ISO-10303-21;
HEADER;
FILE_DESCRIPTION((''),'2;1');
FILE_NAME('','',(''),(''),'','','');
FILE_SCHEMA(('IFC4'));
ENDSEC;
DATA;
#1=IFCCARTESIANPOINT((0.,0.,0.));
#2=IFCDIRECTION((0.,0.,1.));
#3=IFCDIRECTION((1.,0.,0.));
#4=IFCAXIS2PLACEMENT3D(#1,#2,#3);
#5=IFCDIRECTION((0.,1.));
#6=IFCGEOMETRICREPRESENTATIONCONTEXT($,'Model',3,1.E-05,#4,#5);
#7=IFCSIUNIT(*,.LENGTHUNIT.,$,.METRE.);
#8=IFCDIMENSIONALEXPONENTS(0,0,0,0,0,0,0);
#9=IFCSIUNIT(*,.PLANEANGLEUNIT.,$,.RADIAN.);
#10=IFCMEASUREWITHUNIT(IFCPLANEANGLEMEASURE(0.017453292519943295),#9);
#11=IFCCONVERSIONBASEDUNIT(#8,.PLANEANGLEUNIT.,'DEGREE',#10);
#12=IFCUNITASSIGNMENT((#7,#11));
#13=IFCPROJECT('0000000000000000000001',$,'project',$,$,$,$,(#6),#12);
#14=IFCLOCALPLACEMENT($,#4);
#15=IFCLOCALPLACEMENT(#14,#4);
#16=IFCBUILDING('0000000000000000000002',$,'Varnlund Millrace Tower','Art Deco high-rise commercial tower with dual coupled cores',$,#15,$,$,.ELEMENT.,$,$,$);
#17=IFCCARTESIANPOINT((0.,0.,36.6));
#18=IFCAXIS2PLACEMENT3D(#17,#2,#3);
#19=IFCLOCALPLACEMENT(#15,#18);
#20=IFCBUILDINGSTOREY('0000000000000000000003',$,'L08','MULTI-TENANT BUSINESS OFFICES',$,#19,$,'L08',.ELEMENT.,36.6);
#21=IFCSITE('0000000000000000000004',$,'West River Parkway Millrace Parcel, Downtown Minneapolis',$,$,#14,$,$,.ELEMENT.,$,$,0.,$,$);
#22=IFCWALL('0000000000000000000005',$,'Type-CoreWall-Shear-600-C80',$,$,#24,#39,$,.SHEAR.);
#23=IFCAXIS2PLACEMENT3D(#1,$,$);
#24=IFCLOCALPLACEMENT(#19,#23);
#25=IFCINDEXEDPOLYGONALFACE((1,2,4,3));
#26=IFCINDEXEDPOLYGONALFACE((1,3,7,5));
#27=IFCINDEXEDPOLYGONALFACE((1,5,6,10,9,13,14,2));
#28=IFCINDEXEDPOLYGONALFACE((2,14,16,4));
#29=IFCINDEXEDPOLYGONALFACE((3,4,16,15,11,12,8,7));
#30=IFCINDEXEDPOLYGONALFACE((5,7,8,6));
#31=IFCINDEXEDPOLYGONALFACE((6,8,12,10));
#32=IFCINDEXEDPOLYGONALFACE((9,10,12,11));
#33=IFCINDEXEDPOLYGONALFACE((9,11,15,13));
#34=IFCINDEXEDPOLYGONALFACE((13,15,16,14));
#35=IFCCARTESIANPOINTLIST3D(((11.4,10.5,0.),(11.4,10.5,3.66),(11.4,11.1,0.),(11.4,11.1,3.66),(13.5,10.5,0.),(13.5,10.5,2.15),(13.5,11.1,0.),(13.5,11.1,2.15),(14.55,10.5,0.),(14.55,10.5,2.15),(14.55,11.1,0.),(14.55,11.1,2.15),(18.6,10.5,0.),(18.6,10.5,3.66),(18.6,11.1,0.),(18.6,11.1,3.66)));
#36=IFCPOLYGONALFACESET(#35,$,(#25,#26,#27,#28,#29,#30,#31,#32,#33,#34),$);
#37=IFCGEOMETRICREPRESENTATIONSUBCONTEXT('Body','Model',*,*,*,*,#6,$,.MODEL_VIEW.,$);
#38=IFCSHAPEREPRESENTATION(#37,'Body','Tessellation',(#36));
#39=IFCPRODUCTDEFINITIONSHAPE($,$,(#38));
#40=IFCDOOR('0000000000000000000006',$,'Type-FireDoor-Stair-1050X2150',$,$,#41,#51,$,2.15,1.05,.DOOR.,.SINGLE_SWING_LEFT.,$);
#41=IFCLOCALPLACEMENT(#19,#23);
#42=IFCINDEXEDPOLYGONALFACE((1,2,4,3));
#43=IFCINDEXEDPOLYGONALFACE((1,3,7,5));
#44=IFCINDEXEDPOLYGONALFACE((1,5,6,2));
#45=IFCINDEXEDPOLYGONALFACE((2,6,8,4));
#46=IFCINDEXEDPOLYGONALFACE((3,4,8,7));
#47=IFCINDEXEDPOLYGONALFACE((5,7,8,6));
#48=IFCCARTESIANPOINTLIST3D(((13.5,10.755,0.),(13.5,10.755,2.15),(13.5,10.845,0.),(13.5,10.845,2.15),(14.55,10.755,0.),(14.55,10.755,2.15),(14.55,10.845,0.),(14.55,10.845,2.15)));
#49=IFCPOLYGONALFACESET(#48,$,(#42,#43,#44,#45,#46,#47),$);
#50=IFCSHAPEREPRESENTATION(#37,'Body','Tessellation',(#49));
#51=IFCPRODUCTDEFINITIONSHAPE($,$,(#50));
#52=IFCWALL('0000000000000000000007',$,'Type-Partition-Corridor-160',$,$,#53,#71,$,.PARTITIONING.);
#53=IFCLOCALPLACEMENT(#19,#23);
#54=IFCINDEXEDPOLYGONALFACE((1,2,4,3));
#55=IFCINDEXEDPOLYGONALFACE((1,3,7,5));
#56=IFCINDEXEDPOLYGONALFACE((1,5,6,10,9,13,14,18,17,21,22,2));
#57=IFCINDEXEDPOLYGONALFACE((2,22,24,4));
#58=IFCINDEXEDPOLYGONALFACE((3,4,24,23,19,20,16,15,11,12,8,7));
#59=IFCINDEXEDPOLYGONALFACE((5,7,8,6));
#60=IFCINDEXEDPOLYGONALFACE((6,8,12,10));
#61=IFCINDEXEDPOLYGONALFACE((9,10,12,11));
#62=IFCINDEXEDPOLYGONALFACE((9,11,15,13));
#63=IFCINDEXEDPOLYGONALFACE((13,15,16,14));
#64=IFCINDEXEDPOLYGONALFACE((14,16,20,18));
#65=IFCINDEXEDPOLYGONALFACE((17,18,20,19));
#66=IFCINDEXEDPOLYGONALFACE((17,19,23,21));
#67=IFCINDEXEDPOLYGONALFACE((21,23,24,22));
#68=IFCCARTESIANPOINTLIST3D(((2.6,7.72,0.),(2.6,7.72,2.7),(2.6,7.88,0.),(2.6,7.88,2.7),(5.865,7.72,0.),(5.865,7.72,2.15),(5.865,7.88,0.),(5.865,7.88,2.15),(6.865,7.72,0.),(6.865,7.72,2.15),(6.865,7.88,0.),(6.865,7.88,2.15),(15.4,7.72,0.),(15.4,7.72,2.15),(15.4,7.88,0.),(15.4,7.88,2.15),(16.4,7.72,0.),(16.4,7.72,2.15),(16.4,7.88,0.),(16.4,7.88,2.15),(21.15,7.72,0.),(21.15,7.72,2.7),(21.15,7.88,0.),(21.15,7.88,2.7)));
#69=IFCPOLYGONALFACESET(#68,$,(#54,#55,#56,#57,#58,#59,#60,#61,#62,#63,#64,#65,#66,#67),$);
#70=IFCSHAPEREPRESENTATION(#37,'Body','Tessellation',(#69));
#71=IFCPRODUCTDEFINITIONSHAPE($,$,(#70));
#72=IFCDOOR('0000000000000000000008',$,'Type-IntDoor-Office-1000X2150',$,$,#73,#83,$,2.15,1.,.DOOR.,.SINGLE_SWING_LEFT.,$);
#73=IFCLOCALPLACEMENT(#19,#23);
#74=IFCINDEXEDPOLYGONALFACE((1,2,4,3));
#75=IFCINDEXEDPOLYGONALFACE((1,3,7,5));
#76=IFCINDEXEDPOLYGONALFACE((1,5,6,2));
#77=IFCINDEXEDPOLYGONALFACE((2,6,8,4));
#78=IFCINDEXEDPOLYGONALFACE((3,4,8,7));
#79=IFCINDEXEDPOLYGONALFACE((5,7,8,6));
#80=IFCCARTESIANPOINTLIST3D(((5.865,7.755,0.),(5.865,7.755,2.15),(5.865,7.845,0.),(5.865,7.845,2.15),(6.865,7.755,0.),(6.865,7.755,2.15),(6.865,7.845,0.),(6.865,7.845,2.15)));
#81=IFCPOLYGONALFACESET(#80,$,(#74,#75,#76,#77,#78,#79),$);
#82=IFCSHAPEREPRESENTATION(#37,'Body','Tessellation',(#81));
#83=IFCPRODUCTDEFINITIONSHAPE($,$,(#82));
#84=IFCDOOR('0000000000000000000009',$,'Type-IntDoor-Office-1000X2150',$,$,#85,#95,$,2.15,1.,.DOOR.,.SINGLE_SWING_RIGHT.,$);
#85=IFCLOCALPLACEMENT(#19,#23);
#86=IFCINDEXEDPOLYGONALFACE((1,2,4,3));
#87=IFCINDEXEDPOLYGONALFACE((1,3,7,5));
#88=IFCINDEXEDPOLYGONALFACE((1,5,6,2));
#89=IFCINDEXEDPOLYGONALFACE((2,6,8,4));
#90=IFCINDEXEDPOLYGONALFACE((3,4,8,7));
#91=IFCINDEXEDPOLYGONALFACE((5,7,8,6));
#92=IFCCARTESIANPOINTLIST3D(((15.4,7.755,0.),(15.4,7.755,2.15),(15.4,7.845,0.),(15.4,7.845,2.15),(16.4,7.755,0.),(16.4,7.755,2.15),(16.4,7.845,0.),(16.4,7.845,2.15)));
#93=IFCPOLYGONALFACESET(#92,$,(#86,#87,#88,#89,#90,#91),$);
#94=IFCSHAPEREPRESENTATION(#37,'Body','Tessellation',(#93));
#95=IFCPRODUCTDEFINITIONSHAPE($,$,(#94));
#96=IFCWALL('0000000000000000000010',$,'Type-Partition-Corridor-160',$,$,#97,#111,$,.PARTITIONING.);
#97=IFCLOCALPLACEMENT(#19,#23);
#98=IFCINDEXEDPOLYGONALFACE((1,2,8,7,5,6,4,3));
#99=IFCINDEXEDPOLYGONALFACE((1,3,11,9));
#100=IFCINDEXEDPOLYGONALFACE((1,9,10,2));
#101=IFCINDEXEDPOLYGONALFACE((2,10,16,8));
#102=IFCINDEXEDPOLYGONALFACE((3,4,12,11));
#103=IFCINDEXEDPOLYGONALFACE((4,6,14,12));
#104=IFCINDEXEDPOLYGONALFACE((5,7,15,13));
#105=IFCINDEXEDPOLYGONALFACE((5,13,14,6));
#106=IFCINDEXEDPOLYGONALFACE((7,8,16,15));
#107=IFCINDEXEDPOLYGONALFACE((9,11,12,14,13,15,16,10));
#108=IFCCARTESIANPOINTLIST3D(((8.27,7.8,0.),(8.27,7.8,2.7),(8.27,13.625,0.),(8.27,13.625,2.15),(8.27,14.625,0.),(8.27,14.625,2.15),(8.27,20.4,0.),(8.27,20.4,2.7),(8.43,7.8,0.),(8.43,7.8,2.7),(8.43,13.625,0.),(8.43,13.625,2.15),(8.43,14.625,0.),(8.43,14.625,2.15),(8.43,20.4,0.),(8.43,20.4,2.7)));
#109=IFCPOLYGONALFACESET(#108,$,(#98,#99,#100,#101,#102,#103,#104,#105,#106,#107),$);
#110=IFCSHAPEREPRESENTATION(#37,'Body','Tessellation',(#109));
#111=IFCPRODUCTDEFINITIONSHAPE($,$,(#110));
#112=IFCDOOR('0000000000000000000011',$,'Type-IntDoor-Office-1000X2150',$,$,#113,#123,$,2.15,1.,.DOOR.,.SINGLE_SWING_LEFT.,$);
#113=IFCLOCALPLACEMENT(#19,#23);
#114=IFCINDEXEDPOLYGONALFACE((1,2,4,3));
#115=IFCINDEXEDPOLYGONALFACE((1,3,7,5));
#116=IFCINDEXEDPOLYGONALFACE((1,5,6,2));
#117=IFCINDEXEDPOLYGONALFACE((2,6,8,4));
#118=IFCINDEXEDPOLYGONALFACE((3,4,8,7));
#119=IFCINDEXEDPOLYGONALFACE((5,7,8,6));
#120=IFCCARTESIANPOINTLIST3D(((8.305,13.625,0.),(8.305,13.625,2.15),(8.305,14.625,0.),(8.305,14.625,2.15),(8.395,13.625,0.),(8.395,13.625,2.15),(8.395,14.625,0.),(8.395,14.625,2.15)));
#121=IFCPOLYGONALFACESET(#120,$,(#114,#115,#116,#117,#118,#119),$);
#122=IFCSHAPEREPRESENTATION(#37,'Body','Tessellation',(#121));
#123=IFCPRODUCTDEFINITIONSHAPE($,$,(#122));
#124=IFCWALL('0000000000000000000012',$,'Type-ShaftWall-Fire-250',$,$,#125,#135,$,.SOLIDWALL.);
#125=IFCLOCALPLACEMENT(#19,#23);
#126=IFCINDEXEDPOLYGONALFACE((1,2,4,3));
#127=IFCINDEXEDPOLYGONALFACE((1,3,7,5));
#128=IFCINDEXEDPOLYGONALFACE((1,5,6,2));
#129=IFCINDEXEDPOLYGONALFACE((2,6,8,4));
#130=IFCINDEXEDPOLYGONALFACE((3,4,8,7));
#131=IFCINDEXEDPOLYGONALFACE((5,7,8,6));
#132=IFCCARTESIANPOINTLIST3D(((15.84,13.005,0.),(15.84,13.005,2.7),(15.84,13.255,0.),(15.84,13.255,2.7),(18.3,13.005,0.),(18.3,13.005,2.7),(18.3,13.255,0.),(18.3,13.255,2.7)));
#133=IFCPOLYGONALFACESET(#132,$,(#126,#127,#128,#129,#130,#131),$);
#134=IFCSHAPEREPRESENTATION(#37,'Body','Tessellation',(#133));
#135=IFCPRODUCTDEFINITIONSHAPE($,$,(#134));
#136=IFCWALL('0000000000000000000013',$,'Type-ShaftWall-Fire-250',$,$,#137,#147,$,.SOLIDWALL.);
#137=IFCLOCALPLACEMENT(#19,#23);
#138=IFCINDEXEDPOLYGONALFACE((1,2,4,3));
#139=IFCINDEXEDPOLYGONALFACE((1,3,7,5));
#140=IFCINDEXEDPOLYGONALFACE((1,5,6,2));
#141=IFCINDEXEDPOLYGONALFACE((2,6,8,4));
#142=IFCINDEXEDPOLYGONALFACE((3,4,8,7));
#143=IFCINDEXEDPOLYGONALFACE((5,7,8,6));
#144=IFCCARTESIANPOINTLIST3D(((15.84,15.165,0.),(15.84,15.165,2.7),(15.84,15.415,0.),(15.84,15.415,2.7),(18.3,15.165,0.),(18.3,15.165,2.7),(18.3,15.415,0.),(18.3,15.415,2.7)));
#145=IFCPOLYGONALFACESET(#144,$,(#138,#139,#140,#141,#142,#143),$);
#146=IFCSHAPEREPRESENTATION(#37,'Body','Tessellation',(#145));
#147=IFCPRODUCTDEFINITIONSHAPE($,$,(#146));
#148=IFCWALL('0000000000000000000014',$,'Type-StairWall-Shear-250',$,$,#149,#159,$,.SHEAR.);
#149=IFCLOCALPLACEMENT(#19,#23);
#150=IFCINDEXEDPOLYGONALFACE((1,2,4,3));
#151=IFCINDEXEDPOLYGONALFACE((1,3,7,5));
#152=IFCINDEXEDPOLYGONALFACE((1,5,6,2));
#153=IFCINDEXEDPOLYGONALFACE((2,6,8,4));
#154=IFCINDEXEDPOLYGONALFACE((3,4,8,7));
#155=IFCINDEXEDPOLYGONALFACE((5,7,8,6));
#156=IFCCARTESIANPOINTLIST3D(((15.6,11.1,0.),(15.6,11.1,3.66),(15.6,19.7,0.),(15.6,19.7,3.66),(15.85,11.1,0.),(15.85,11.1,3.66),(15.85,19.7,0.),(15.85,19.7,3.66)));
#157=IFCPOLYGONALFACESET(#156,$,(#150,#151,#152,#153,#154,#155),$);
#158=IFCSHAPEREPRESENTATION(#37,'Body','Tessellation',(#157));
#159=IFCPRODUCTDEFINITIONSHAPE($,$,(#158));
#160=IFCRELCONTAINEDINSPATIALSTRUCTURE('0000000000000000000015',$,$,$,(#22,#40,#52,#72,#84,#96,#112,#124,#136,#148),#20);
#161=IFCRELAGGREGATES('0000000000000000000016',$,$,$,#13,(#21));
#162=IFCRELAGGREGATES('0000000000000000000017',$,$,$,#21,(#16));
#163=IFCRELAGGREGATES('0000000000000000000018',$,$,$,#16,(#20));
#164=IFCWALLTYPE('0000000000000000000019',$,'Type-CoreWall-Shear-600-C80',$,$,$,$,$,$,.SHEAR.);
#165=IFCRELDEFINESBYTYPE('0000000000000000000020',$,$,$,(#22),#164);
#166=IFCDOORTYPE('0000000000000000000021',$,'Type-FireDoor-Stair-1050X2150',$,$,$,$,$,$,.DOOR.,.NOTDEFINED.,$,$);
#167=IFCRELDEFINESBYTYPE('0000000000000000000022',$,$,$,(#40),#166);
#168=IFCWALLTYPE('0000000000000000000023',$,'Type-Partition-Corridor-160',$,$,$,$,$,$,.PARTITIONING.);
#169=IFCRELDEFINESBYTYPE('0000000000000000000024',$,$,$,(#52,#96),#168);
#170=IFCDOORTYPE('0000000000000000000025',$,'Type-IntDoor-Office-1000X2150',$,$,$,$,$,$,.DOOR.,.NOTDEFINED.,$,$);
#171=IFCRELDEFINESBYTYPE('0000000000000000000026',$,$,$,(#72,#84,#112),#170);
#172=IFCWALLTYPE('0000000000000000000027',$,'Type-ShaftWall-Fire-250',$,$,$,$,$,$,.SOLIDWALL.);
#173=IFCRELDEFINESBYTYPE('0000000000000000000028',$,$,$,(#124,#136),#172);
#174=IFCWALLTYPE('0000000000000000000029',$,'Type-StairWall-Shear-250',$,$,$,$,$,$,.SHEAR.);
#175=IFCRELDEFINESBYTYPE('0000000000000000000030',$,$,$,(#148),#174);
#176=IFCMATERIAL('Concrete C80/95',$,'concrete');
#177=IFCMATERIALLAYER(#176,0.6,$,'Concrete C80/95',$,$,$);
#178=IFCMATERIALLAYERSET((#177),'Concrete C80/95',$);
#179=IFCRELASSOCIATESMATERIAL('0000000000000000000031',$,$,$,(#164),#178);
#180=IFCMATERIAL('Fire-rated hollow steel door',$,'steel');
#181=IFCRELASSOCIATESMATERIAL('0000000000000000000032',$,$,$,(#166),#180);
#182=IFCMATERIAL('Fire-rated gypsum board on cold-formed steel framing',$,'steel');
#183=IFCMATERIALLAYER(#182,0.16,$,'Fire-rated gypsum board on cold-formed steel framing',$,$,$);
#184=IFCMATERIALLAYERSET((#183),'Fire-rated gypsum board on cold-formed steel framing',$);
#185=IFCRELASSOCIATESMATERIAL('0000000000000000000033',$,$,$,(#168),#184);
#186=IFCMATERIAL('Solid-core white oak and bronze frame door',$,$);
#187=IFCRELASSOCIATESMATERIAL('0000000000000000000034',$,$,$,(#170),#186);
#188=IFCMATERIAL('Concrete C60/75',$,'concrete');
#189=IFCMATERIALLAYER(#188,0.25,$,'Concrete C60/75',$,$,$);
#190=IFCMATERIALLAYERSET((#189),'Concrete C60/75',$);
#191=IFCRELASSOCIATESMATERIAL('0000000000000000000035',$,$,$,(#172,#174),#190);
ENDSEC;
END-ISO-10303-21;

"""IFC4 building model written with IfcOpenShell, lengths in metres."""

from ifc_helpers import new_model, entity, si_unit, converted_unit, direction, frame, origin_with_axes, origin_2d_with_axis, place, context, subcontext, project, spatial, polyline, rectangle, outline, extrude, material, layer, layer_set, type_object, element, fill, save


model = new_model("IFC4")

# Units and contexts
model_context = context("Model", 3, precision=1e-05, world=origin_with_axes(), true_north=direction((0.0, 1.0)))
body_context = subcontext(model_context, "Body", "Model", "MODEL_VIEW")
ifc_project = project(units=[si_unit("LENGTHUNIT", "METRE"), converted_unit("PLANEANGLEUNIT", "DEGREE", entity("IfcPlaneAngleMeasure", 0.017453292519943295), si_unit("PLANEANGLEUNIT", "RADIAN"), dimensions=[0, 0, 0, 0, 0, 0, 0])], contexts=[model_context])

# Site, building, storey
site_placement = place(None, origin_with_axes())
site = spatial("IfcSite", under=ifc_project, at=site_placement, Name="West River Parkway Millrace Parcel, Downtown Minneapolis", CompositionType="ELEMENT", RefElevation=0.0)
building_placement = place(site_placement, origin_with_axes())
building = spatial("IfcBuilding", under=site, at=building_placement, Name="Varnlund Millrace Tower", Description="Art Deco high-rise commercial tower with dual coupled cores", CompositionType="ELEMENT")
storey_placement = place(building_placement, frame((0.0, 0.0, 36.6), z_axis=(0.0, 0.0, 1.0), x_axis=(1.0, 0.0, 0.0)))
storey = spatial("IfcBuildingStorey", under=building, at=storey_placement, Name="L08", Description="MULTI-TENANT BUSINESS OFFICES", LongName="L08", CompositionType="ELEMENT", Elevation=36.6)

# Shared definitions
ifc_material_1 = material(Name="Concrete C80/95", Category="concrete")

# Shared definitions
ifc_layer_1 = layer(ifc_material_1, 0.6, Name="Concrete C80/95")
ifc_layer_set_1 = layer_set([ifc_layer_1], Name="Concrete C80/95")
wall_type_1 = type_object("IfcWallType", Name="Type-CoreWall-Shear-600-C80", PredefinedType="SHEAR", material=ifc_layer_set_1)

# Wall, opening, door
wall_1_placement = place(storey_placement, frame((11.4, 10.8, 0.0), z_axis=(0.0, 0.0, 1.0), x_axis=(1.0, 0.0, 0.0)))
wall_1 = element("IfcWall", 1, at=wall_1_placement, inside=storey, type_object=wall_type_1, Name="Type-CoreWall-Shear-600-C80", PredefinedType="SHEAR", context=body_context, shape_type="SweptSolid", body=[
    extrude(outline(polyline([(0.0, -0.3), (7.2, -0.3), (7.2, 0.3), (0.0, 0.3), (0.0, -0.3)])), origin_with_axes(), (0.0, 0.0, 1.0), 3.66),
])
opening_1_placement = place(wall_1_placement, frame((2.625, 0.0, 0.0), z_axis=(0.0, 0.0, 1.0), x_axis=(1.0, 0.0, 0.0)))
opening_1 = element("IfcOpeningElement", 2, at=opening_1_placement, cuts=wall_1, PredefinedType="OPENING", context=body_context, shape_type="SweptSolid", body=[
    extrude(rectangle(XDim=1.05, YDim=0.62, at=origin_2d_with_axis()), origin_with_axes(), (0.0, 0.0, 1.0), 2.15),
])
ifc_material_2 = material(Name="Fire-rated hollow steel door", Category="steel")
door_type_1 = type_object("IfcDoorType", Name="Type-FireDoor-Stair-1050X2150", OperationType="NOTDEFINED", PredefinedType="DOOR", material=ifc_material_2)
door_1_placement = place(wall_1_placement, frame((2.625, 0.0, 0.0), z_axis=(0.0, 0.0, 1.0), x_axis=(1.0, 0.0, 0.0)))
door_1 = element("IfcDoor", 3, at=door_1_placement, inside=storey, type_object=door_type_1, Name="Type-FireDoor-Stair-1050X2150", OperationType="SINGLE_SWING_LEFT", OverallHeight=2.15, OverallWidth=1.05, PredefinedType="DOOR", context=body_context, shape_type="SweptSolid", body=[
    extrude(rectangle(XDim=1.05, YDim=0.09, at=origin_2d_with_axis()), origin_with_axes(), (0.0, 0.0, 1.0), 2.15),
])
fill(opening_1, door_1)

# Wall, openings, doors
ifc_material_3 = material(Name="Fire-rated gypsum board on cold-formed steel framing", Category="steel")
ifc_layer_2 = layer(ifc_material_3, 0.16, Name="Fire-rated gypsum board on cold-formed steel framing")
ifc_layer_set_2 = layer_set([ifc_layer_2], Name="Fire-rated gypsum board on cold-formed steel framing")
wall_type_2 = type_object("IfcWallType", Name="Type-Partition-Corridor-160", PredefinedType="PARTITIONING", material=ifc_layer_set_2)
wall_2_placement = place(storey_placement, frame((2.6, 7.8, 0.0), z_axis=(0.0, 0.0, 1.0), x_axis=(1.0, 0.0, 0.0)))
wall_2 = element("IfcWall", 4, at=wall_2_placement, inside=storey, type_object=wall_type_2, Name="Type-Partition-Corridor-160", PredefinedType="PARTITIONING", context=body_context, shape_type="SweptSolid", body=[
    extrude(outline(polyline([(0.0, -0.08), (18.55, -0.08), (18.55, 0.08), (0.0, 0.08), (0.0, -0.08)])), origin_with_axes(), (0.0, 0.0, 1.0), 2.7),
])
opening_2_placement = place(wall_2_placement, frame((3.765, 0.0, 0.0), z_axis=(0.0, 0.0, 1.0), x_axis=(1.0, 0.0, 0.0)))
opening_2 = element("IfcOpeningElement", 5, at=opening_2_placement, cuts=wall_2, PredefinedType="OPENING", context=body_context, shape_type="SweptSolid", body=[
    extrude(rectangle(XDim=1.0, YDim=0.18, at=origin_2d_with_axis()), origin_with_axes(), (0.0, 0.0, 1.0), 2.15),
])
opening_3_placement = place(wall_2_placement, frame((13.3, 0.0, 0.0), z_axis=(0.0, 0.0, 1.0), x_axis=(1.0, 0.0, 0.0)))
opening_3 = element("IfcOpeningElement", 6, at=opening_3_placement, cuts=wall_2, PredefinedType="OPENING", context=body_context, shape_type="SweptSolid", body=[
    extrude(rectangle(XDim=1.0, YDim=0.18, at=origin_2d_with_axis()), origin_with_axes(), (0.0, 0.0, 1.0), 2.15),
])
ifc_material_4 = material(Name="Solid-core white oak and bronze frame door")
door_type_2 = type_object("IfcDoorType", Name="Type-IntDoor-Office-1000X2150", OperationType="NOTDEFINED", PredefinedType="DOOR", material=ifc_material_4)
door_2_placement = place(wall_2_placement, frame((3.765, 0.0, 0.0), z_axis=(0.0, 0.0, 1.0), x_axis=(1.0, 0.0, 0.0)))
door_2 = element("IfcDoor", 7, at=door_2_placement, inside=storey, type_object=door_type_2, Name="Type-IntDoor-Office-1000X2150", OperationType="SINGLE_SWING_LEFT", OverallHeight=2.15, OverallWidth=1.0, PredefinedType="DOOR", context=body_context, shape_type="SweptSolid", body=[
    extrude(rectangle(XDim=1.0, YDim=0.09, at=origin_2d_with_axis()), origin_with_axes(), (0.0, 0.0, 1.0), 2.15),
])
fill(opening_2, door_2)
door_3_placement = place(wall_2_placement, frame((13.3, 0.0, 0.0), z_axis=(0.0, 0.0, 1.0), x_axis=(1.0, 0.0, 0.0)))
door_3 = element("IfcDoor", 8, at=door_3_placement, inside=storey, type_object=door_type_2, Name="Type-IntDoor-Office-1000X2150", OperationType="SINGLE_SWING_RIGHT", OverallHeight=2.15, OverallWidth=1.0, PredefinedType="DOOR", context=body_context, shape_type="SweptSolid", body=[
    extrude(rectangle(XDim=1.0, YDim=0.09, at=origin_2d_with_axis()), origin_with_axes(), (0.0, 0.0, 1.0), 2.15),
])
fill(opening_3, door_3)

# Wall, opening, door
wall_3_placement = place(storey_placement, frame((8.35, 7.8, 0.0), z_axis=(0.0, 0.0, 1.0), x_axis=(0.0, 1.0, 0.0)))
wall_3 = element("IfcWall", 9, at=wall_3_placement, inside=storey, type_object=wall_type_2, Name="Type-Partition-Corridor-160", PredefinedType="PARTITIONING", context=body_context, shape_type="SweptSolid", body=[
    extrude(outline(polyline([(0.0, -0.08), (12.6, -0.08), (12.6, 0.08), (0.0, 0.08), (0.0, -0.08)])), origin_with_axes(), (0.0, 0.0, 1.0), 2.7),
])
opening_4_placement = place(wall_3_placement, frame((6.325, 0.0, 0.0), z_axis=(0.0, 0.0, 1.0), x_axis=(1.0, 0.0, 0.0)))
opening_4 = element("IfcOpeningElement", 10, at=opening_4_placement, cuts=wall_3, PredefinedType="OPENING", context=body_context, shape_type="SweptSolid", body=[
    extrude(rectangle(XDim=1.0, YDim=0.18, at=origin_2d_with_axis()), origin_with_axes(), (0.0, 0.0, 1.0), 2.15),
])
door_4_placement = place(wall_3_placement, frame((6.325, 0.0, 0.0), z_axis=(0.0, 0.0, 1.0), x_axis=(1.0, 0.0, 0.0)))
door_4 = element("IfcDoor", 11, at=door_4_placement, inside=storey, type_object=door_type_2, Name="Type-IntDoor-Office-1000X2150", OperationType="SINGLE_SWING_LEFT", OverallHeight=2.15, OverallWidth=1.0, PredefinedType="DOOR", context=body_context, shape_type="SweptSolid", body=[
    extrude(rectangle(XDim=1.0, YDim=0.09, at=origin_2d_with_axis()), origin_with_axes(), (0.0, 0.0, 1.0), 2.15),
])
fill(opening_4, door_4)

# Walls
ifc_material_5 = material(Name="Concrete C60/75", Category="concrete")
ifc_layer_3 = layer(ifc_material_5, 0.25, Name="Concrete C60/75")
ifc_layer_set_3 = layer_set([ifc_layer_3], Name="Concrete C60/75")
wall_type_3 = type_object("IfcWallType", Name="Type-ShaftWall-Fire-250", PredefinedType="SOLIDWALL", material=ifc_layer_set_3)
for number, where, z_axis, x_axis, name in (
    (12, (15.84, 13.13, 0.0), (0.0, 0.0, 1.0), (1.0, 0.0, 0.0), "Type-ShaftWall-Fire-250"),
    (13, (15.84, 15.29, 0.0), (0.0, 0.0, 1.0), (1.0, 0.0, 0.0), "Type-ShaftWall-Fire-250"),
):
    element("IfcWall", number, at=place(storey_placement, frame(where, z_axis=z_axis, x_axis=x_axis)), inside=storey, type_object=wall_type_3, Name=name, PredefinedType="SOLIDWALL", context=body_context, shape_type="SweptSolid", body=[
        extrude(outline(polyline([(0.0, -0.125), (2.46, -0.125), (2.46, 0.125), (0.0, 0.125), (0.0, -0.125)])), origin_with_axes(), (0.0, 0.0, 1.0), 2.7),
    ])
wall_type_4 = type_object("IfcWallType", Name="Type-StairWall-Shear-250", PredefinedType="SHEAR", material=ifc_layer_set_3)
wall_4_placement = place(storey_placement, frame((15.725, 11.1, 0.0), z_axis=(0.0, 0.0, 1.0), x_axis=(0.0, 1.0, 0.0)))
element("IfcWall", 14, at=wall_4_placement, inside=storey, type_object=wall_type_4, Name="Type-StairWall-Shear-250", PredefinedType="SHEAR", context=body_context, shape_type="SweptSolid", body=[
    extrude(outline(polyline([(0.0, -0.125), (8.6, -0.125), (8.6, 0.125), (0.0, 0.125), (0.0, -0.125)])), origin_with_axes(), (0.0, 0.0, 1.0), 3.66),
])

save(model, "model.ifc")
